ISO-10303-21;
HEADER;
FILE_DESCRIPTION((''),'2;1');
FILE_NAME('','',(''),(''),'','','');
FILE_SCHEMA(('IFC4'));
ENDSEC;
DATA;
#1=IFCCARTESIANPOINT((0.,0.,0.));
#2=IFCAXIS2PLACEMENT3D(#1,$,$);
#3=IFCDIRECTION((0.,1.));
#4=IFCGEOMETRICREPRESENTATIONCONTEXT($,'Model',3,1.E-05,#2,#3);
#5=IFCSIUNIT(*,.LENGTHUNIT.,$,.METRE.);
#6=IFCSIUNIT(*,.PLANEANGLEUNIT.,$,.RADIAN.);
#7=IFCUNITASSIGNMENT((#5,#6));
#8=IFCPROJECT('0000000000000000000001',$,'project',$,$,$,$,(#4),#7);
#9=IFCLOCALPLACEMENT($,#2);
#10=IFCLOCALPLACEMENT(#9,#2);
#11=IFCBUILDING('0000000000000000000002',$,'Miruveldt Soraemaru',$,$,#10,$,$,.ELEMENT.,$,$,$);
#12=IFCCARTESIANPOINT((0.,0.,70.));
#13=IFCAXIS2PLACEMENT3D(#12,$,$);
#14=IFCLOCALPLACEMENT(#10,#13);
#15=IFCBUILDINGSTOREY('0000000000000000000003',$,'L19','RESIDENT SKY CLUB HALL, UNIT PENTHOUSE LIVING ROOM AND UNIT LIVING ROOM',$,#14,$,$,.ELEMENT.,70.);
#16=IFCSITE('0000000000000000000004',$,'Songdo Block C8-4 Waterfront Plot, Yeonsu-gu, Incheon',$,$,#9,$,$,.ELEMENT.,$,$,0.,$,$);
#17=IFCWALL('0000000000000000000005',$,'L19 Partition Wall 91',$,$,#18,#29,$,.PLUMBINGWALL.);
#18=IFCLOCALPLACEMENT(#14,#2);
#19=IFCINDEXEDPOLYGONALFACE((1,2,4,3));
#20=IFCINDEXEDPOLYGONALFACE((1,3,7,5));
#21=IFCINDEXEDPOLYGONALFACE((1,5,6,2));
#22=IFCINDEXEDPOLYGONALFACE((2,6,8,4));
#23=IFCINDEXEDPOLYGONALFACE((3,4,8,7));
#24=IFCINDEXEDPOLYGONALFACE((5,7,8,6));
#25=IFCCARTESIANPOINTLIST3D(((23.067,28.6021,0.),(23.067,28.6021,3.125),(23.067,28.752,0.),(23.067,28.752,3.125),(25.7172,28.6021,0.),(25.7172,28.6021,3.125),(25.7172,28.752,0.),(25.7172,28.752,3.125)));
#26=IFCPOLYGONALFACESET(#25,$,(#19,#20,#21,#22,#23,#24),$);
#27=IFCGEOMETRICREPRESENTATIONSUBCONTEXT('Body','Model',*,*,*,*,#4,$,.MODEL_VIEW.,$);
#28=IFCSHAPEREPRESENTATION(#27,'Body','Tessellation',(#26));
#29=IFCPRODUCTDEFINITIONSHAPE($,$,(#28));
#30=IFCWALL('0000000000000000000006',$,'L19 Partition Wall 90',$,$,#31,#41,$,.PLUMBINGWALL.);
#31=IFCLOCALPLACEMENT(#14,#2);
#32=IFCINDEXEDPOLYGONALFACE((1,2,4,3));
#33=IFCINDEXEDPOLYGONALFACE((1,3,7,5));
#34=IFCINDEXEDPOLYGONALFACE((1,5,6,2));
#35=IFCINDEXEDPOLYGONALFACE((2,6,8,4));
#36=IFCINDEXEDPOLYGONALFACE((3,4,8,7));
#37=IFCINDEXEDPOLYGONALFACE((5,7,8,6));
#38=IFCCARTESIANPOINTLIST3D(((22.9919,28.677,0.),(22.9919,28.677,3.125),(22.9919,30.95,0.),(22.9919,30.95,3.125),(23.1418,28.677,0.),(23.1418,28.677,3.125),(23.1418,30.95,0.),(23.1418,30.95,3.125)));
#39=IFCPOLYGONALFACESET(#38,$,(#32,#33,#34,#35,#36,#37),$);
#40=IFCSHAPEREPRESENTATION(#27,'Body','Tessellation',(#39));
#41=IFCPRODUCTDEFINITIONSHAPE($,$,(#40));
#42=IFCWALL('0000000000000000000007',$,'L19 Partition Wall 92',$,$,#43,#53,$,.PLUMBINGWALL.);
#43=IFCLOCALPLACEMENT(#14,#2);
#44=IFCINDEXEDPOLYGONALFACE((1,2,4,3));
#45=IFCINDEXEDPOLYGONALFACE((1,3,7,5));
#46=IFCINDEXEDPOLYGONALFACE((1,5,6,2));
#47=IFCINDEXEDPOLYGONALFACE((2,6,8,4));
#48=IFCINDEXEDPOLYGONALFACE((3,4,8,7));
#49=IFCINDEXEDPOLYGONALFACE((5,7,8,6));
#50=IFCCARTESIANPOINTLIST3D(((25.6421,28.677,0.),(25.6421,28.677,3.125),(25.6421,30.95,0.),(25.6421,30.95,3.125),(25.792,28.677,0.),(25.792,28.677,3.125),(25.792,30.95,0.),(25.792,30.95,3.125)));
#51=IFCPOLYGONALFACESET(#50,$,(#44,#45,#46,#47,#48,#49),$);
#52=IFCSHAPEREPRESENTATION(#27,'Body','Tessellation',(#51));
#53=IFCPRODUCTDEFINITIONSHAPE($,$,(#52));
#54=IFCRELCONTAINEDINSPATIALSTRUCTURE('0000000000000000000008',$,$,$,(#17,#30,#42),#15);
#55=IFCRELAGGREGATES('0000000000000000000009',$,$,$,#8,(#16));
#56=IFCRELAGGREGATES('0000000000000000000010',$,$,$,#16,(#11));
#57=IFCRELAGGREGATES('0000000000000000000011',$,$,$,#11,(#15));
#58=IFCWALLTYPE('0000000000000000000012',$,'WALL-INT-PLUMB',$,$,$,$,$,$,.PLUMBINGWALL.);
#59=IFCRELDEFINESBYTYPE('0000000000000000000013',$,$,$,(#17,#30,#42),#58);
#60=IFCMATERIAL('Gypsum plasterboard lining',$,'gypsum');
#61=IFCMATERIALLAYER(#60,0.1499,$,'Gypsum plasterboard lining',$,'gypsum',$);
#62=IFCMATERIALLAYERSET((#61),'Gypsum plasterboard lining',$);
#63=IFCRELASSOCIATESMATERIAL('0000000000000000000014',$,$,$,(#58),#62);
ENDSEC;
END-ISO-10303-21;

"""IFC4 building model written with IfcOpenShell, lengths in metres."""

from ifc_helpers import new_model, si_unit, direction, frame, frame_2d, origin, place, context, subcontext, project, spatial, rectangle, extrude, material, layer, layer_set, type_object, element, save


model = new_model("IFC4")

# Units and contexts
model_context = context("Model", 3, precision=1e-05, world=origin(), true_north=direction((0.0, 1.0)))
body_context = subcontext(model_context, "Body", "Model", "MODEL_VIEW")
ifc_project = project(units=[si_unit("LENGTHUNIT", "METRE"), si_unit("PLANEANGLEUNIT", "RADIAN")], contexts=[model_context])

# Site, building, storey
site_placement = place(None, origin())
site = spatial("IfcSite", under=ifc_project, at=site_placement, Name="Songdo Block C8-4 Waterfront Plot, Yeonsu-gu, Incheon", CompositionType="ELEMENT", RefElevation=0.0)
building_placement = place(site_placement, origin())
building = spatial("IfcBuilding", under=site, at=building_placement, Name="Miruveldt Soraemaru", CompositionType="ELEMENT")
storey_placement = place(building_placement, frame((0.0, 0.0, 70.0)))
storey = spatial("IfcBuildingStorey", under=building, at=storey_placement, Name="L19", Description="RESIDENT SKY CLUB HALL, UNIT PENTHOUSE LIVING ROOM AND UNIT LIVING ROOM", CompositionType="ELEMENT", Elevation=70.0)

# Walls
ifc_material_1 = material(Name="Gypsum plasterboard lining", Category="gypsum")
ifc_layer_1 = layer(ifc_material_1, 0.1499, Name="Gypsum plasterboard lining", Category="gypsum")
ifc_layer_set_1 = layer_set([ifc_layer_1], Name="Gypsum plasterboard lining")
wall_type_1 = type_object("IfcWallType", Name="WALL-INT-PLUMB", PredefinedType="PLUMBINGWALL", material=ifc_layer_set_1)
wall_1_placement = place(storey_placement, frame((23.0669, 28.677, 0.0), z_axis=(0.0, 0.0, 1.0), x_axis=(1.0, 0.0, 0.0)))
element("IfcWall", 1, at=wall_1_placement, inside=storey, type_object=wall_type_1, Name="L19 Partition Wall 91", PredefinedType="PLUMBINGWALL", context=body_context, shape_type="SweptSolid", body=[
    extrude(rectangle(XDim=2.6501, YDim=0.1499, at=frame_2d((1.3252, 0.0))), origin(), (0.0, 0.0, 1.0), 3.125),
])
for number, where, z_axis, x_axis, name in (
    (2, (23.0669, 30.95, 0.0), (0.0, 0.0, 1.0), (0.0, -1.0, 0.0), "L19 Partition Wall 90"),
    (3, (25.717, 28.677, 0.0), (0.0, 0.0, 1.0), (0.0, 1.0, 0.0), "L19 Partition Wall 92"),
):
    element("IfcWall", number, at=place(storey_placement, frame(where, z_axis=z_axis, x_axis=x_axis)), inside=storey, type_object=wall_type_1, Name=name, PredefinedType="PLUMBINGWALL", context=body_context, shape_type="SweptSolid", body=[
        extrude(rectangle(XDim=2.2729, YDim=0.1499, at=frame_2d((1.1365, 0.0))), origin(), (0.0, 0.0, 1.0), 3.125),
    ])

save(model, "model.ifc")
